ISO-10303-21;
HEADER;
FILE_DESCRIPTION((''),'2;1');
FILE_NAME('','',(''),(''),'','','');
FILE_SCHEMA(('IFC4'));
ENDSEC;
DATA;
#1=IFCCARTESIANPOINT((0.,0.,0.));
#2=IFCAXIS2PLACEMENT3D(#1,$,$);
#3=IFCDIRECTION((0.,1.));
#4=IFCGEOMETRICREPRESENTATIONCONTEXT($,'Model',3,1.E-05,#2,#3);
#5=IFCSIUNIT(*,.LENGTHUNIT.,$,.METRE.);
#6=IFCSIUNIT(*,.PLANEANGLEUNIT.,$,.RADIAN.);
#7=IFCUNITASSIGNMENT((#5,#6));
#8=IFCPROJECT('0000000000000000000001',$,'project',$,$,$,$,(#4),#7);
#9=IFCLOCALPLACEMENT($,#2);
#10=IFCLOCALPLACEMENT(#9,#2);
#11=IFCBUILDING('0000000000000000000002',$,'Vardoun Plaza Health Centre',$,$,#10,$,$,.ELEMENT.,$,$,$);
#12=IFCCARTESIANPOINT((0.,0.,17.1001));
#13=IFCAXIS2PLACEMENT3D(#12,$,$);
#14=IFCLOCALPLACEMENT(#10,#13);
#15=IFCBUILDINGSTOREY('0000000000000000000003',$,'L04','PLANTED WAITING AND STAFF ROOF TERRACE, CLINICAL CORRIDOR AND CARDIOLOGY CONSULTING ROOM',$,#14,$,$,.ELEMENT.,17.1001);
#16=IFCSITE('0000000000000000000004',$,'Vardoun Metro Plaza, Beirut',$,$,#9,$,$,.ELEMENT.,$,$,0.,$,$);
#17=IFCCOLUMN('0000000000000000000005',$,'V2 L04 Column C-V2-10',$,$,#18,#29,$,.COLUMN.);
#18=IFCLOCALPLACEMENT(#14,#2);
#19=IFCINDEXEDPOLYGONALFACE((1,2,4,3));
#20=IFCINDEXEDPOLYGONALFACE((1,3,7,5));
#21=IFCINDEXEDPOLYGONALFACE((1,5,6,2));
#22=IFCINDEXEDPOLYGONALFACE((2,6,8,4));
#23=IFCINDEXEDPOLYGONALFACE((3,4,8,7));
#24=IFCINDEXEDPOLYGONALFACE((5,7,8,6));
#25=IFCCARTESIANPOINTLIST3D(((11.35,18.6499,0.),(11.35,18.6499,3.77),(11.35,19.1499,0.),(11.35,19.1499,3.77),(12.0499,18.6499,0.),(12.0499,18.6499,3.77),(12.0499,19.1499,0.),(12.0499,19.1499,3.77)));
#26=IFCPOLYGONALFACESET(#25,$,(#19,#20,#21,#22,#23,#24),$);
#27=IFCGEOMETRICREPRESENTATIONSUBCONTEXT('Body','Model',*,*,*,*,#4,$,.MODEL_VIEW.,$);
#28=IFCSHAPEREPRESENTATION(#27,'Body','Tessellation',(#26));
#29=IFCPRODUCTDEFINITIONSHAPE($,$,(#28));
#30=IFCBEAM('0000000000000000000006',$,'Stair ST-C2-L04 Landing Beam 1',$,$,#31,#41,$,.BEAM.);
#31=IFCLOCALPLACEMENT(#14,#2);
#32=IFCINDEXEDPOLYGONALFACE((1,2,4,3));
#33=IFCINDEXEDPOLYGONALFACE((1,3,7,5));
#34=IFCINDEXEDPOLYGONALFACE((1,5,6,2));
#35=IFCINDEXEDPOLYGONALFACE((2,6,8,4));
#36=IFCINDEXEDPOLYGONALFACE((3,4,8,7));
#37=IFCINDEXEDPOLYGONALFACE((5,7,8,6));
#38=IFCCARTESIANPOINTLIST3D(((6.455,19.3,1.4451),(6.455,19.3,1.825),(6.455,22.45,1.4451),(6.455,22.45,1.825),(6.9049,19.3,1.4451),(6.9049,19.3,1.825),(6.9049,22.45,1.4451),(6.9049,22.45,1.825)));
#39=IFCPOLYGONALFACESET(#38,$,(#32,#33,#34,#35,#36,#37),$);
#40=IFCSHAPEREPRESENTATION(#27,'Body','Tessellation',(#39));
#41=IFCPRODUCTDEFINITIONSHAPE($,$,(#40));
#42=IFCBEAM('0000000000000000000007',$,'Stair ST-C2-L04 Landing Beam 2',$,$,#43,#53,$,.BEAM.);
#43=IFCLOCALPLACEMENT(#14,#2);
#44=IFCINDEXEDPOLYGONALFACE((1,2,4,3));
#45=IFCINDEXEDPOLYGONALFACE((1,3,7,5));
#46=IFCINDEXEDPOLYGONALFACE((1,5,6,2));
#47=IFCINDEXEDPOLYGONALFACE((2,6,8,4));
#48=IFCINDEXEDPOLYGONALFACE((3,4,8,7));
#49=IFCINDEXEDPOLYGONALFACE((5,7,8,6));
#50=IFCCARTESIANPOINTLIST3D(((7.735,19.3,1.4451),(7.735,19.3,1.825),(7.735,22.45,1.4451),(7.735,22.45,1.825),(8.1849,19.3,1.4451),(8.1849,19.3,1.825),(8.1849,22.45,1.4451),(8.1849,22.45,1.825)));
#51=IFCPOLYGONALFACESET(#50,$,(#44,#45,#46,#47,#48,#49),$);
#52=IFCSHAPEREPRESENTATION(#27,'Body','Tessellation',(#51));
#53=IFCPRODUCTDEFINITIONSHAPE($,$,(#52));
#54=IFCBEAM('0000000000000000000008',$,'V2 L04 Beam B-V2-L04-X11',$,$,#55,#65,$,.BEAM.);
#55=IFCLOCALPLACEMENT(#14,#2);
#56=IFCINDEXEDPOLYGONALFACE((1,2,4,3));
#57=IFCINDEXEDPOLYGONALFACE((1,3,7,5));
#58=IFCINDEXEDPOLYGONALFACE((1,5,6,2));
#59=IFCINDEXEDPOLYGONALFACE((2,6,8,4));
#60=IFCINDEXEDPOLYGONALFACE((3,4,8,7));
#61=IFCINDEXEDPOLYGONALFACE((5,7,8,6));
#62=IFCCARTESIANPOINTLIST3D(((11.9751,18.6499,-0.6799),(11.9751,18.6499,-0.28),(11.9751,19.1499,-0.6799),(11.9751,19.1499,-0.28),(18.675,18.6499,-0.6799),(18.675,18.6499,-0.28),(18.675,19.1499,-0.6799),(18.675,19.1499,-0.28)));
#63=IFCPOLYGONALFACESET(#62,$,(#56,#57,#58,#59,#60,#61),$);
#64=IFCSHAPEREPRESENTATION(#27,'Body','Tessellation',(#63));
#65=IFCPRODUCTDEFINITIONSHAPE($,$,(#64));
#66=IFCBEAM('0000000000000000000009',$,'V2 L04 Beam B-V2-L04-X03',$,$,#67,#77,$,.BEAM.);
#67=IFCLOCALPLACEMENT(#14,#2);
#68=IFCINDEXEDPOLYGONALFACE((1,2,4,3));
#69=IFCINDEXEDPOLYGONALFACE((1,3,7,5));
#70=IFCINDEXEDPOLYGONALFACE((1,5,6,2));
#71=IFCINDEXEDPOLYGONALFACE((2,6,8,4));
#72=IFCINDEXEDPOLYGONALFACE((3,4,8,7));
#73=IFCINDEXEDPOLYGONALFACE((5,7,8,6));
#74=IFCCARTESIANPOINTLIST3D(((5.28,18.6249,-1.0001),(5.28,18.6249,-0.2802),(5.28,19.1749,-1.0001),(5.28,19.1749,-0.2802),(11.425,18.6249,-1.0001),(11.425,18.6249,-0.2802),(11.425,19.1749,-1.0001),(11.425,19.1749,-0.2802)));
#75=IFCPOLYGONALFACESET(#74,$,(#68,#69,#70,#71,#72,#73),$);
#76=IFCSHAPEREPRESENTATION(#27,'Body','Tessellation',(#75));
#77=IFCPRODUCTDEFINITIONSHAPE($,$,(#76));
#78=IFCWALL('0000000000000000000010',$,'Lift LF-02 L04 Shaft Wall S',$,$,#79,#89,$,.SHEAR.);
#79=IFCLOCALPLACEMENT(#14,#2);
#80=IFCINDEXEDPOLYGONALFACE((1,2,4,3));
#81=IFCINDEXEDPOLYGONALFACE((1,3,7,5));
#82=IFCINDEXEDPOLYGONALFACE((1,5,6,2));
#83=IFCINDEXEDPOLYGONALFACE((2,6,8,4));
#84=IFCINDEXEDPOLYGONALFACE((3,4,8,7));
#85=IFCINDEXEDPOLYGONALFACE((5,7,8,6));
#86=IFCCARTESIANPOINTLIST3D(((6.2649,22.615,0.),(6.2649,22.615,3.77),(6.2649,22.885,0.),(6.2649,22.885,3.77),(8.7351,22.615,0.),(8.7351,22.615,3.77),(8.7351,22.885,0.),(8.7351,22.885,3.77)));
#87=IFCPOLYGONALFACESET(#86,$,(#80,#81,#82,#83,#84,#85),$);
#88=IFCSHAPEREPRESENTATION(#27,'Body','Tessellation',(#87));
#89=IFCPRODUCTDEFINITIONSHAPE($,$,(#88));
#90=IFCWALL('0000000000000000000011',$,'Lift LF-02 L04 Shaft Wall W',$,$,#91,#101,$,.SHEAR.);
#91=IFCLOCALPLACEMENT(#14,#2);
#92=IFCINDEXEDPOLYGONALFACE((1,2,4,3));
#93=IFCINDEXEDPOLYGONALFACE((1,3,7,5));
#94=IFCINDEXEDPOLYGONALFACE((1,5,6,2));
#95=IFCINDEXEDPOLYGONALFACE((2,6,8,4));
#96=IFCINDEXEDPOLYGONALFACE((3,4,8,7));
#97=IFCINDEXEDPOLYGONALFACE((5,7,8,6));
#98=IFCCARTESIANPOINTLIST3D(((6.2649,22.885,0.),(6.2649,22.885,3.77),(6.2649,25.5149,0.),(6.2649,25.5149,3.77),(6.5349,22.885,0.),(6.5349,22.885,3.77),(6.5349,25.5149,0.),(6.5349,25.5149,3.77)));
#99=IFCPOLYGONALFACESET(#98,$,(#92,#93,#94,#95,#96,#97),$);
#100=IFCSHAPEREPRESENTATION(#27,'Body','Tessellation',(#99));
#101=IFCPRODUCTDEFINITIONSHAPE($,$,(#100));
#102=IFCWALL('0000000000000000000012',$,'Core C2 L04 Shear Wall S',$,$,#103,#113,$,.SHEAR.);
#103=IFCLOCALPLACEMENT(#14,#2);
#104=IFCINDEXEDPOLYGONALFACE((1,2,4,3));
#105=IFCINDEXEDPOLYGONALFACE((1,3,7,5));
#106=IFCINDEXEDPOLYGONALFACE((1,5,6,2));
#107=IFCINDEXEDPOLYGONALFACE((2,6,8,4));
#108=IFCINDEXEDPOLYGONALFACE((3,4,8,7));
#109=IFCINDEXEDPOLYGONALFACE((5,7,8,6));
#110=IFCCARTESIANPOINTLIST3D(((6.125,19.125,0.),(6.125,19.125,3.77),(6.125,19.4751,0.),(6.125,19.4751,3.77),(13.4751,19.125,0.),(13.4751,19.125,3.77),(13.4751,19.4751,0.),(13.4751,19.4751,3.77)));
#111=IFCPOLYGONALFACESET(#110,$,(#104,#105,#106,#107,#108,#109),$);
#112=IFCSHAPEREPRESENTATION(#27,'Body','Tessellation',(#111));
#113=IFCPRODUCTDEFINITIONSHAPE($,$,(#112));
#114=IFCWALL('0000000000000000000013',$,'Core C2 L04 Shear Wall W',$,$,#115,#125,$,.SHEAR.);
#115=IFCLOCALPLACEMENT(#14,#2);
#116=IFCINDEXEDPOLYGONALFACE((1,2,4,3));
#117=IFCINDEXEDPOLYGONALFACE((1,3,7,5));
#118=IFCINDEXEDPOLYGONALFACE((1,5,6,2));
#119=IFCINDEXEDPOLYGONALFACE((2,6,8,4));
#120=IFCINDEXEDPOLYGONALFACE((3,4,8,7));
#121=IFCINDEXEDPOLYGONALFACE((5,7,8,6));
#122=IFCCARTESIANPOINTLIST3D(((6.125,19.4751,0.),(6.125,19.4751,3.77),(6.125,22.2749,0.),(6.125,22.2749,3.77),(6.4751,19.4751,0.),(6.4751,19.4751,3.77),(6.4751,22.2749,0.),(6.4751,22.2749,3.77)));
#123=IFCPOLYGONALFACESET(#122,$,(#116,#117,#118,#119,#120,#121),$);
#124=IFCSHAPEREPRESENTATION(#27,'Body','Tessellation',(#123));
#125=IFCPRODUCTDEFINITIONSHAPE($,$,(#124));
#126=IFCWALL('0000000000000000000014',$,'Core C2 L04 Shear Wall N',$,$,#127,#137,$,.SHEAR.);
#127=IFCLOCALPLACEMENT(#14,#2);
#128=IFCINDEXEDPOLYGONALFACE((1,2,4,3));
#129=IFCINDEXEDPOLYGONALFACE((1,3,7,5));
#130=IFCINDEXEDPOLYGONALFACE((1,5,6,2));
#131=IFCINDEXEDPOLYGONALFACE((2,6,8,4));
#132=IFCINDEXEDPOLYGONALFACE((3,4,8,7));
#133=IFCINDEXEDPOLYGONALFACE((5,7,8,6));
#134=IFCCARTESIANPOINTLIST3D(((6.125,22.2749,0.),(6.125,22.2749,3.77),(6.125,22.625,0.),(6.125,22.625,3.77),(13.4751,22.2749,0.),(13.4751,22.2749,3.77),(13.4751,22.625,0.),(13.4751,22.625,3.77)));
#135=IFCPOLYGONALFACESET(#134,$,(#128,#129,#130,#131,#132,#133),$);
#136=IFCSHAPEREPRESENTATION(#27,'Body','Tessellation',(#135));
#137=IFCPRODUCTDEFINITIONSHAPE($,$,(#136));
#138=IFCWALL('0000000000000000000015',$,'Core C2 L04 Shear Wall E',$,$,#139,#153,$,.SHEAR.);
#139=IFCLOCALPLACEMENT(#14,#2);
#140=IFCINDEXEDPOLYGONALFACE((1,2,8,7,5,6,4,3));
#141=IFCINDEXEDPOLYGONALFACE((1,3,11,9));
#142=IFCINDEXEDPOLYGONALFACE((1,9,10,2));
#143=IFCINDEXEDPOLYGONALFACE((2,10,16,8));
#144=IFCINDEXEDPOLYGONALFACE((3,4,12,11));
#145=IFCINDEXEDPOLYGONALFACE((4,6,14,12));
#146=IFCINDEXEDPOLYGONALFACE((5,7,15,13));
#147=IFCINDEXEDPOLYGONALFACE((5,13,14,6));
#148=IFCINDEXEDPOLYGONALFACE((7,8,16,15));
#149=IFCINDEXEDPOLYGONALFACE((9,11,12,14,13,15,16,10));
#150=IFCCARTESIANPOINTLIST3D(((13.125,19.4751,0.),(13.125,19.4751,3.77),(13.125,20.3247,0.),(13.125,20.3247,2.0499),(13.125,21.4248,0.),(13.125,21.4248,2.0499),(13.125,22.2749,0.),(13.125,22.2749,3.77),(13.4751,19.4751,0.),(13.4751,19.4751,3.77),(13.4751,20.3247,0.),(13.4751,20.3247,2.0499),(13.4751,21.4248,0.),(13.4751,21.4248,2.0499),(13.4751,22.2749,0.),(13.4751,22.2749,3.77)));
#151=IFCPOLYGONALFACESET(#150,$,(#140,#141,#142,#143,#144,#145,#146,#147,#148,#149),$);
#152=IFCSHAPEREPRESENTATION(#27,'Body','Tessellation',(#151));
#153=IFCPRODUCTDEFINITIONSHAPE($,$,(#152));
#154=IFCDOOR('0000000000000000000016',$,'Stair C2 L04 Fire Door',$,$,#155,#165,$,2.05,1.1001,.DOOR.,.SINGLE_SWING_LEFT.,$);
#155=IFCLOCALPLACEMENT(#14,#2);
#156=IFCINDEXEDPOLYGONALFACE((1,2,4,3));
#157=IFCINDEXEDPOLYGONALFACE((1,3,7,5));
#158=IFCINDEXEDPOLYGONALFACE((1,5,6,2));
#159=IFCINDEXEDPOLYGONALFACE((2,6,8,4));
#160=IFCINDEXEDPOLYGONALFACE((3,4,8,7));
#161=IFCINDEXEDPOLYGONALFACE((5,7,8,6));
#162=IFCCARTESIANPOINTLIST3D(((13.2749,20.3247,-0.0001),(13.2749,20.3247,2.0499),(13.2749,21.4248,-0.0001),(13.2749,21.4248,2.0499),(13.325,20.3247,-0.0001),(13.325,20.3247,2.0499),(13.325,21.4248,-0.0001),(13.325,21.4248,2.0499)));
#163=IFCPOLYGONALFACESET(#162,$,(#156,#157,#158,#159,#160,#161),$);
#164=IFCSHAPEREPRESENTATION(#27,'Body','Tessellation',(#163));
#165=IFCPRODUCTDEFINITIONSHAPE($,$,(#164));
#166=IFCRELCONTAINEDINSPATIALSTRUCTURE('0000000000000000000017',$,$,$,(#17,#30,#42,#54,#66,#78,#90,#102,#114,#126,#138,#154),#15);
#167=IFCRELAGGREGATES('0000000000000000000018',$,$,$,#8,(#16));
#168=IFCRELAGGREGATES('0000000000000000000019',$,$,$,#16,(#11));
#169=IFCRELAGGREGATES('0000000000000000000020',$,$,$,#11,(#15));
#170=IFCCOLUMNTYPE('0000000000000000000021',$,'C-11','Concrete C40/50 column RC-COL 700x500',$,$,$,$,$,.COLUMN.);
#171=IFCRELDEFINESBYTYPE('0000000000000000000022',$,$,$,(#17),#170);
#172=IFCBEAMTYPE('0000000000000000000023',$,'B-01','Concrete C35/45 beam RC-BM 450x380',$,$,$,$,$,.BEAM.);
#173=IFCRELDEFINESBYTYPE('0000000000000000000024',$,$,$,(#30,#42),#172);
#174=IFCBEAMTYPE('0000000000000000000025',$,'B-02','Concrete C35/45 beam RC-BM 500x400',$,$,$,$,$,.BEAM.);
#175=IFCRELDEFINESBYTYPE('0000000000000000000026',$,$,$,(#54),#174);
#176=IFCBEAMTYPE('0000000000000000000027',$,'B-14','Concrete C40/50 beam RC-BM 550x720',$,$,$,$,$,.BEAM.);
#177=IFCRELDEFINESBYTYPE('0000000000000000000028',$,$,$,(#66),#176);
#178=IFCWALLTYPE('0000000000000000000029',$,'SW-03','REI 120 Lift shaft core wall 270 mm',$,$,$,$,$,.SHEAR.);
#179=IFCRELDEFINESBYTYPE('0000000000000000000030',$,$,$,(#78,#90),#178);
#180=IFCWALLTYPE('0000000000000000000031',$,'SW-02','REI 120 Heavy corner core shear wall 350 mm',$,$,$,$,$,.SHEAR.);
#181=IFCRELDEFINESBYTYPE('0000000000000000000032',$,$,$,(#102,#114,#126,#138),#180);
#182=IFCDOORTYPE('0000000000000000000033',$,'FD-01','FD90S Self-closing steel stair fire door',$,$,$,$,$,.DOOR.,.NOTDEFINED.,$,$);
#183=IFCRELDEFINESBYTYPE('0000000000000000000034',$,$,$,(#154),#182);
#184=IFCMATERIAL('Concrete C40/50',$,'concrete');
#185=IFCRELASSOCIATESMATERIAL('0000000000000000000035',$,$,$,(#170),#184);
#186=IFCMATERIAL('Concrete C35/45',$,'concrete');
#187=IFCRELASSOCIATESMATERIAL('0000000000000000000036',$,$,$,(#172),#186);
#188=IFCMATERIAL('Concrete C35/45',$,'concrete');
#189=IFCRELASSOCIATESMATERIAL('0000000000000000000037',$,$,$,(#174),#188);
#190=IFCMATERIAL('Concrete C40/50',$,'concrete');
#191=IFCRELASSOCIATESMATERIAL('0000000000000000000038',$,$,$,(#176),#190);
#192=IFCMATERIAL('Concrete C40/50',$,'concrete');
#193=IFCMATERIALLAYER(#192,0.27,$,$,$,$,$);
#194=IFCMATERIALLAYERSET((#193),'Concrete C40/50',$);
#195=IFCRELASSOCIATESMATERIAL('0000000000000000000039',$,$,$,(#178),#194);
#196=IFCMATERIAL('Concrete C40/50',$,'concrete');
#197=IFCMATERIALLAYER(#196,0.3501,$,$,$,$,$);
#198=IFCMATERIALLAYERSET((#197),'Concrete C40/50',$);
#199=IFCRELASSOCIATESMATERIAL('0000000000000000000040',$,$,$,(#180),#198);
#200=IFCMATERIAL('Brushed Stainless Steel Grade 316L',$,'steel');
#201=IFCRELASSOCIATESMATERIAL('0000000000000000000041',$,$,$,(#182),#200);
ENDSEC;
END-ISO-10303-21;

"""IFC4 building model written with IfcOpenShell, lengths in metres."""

from ifc_helpers import new_model, si_unit, direction, frame, frame_2d, origin, origin_2d, place, context, subcontext, project, spatial, rectangle, extrude, material, layer, layer_set, material_profile, profile_set, type_object, element, fill, save


model = new_model("IFC4")

# Units and contexts
model_context = context("Model", 3, precision=1e-05, world=origin(), true_north=direction((0.0, 1.0)))
body_context = subcontext(model_context, "Body", "Model", "MODEL_VIEW")
ifc_project = project(units=[si_unit("LENGTHUNIT", "METRE"), si_unit("PLANEANGLEUNIT", "RADIAN")], contexts=[model_context])

# Site, building, storey
site_placement = place(None, origin())
site = spatial("IfcSite", under=ifc_project, at=site_placement, Name="Vardoun Metro Plaza, Beirut", CompositionType="ELEMENT", RefElevation=0.0)
building_placement = place(site_placement, origin())
building = spatial("IfcBuilding", under=site, at=building_placement, Name="Vardoun Plaza Health Centre", CompositionType="ELEMENT")
storey_placement = place(building_placement, frame((0.0, 0.0, 17.1001)))
storey = spatial("IfcBuildingStorey", under=building, at=storey_placement, Name="L04", Description="PLANTED WAITING AND STAFF ROOF TERRACE, CLINICAL CORRIDOR AND CARDIOLOGY CONSULTING ROOM", CompositionType="ELEMENT", Elevation=17.1001)

# Column
ifc_material_1 = material(Name="Concrete C40/50", Category="concrete")
ifc_material_profile_1 = material_profile(ifc_material_1, rectangle(XDim=0.7, YDim=0.5, at=origin_2d()), Name="RC-COL 700x500")
ifc_profile_set_1 = profile_set([ifc_material_profile_1], Name="Concrete C40/50")
column_type = type_object("IfcColumnType", Name="C-11", Description="Concrete C40/50 column RC-COL 700x500", PredefinedType="COLUMN", material=ifc_profile_set_1)
column_placement = place(storey_placement, frame((11.7, 18.8999, 0.0), z_axis=(0.0, 0.0, 1.0), x_axis=(1.0, 0.0, 0.0)))
element("IfcColumn", 1, at=column_placement, inside=storey, type_object=column_type, Name="V2 L04 Column C-V2-10", PredefinedType="COLUMN", context=body_context, shape_type="SweptSolid", body=[
    extrude(rectangle(XDim=0.7, YDim=0.5, at=origin_2d()), origin(), (0.0, 0.0, 1.0), 3.77),
])

# Beams
ifc_material_2 = material(Name="Concrete C35/45", Category="concrete")
ifc_material_profile_2 = material_profile(ifc_material_2, rectangle(XDim=0.45, YDim=0.3799, at=origin_2d()), Name="RC-BM 450x380")
ifc_profile_set_2 = profile_set([ifc_material_profile_2], Name="Concrete C35/45")
beam_type_1 = type_object("IfcBeamType", Name="B-01", Description="Concrete C35/45 beam RC-BM 450x380", PredefinedType="BEAM", material=ifc_profile_set_2)
for number, where, z_axis, x_axis, name in (
    (2, (6.6799, 19.3, 1.635), (0.0, 1.0, 0.0), (-1.0, 0.0, 0.0), "Stair ST-C2-L04 Landing Beam 1"),
    (3, (7.96, 19.3, 1.635), (0.0, 1.0, 0.0), (-1.0, 0.0, 0.0), "Stair ST-C2-L04 Landing Beam 2"),
):
    element("IfcBeam", number, at=place(storey_placement, frame(where, z_axis=z_axis, x_axis=x_axis)), inside=storey, type_object=beam_type_1, Name=name, PredefinedType="BEAM", context=body_context, shape_type="SweptSolid", body=[
        extrude(rectangle(XDim=0.45, YDim=0.3799, at=origin_2d()), origin(), (0.0, 0.0, 1.0), 3.1499),
    ])
ifc_material_3 = material(Name="Concrete C35/45", Category="concrete")
ifc_material_profile_3 = material_profile(ifc_material_3, rectangle(XDim=0.5, YDim=0.3999, at=origin_2d()), Name="RC-BM 500x400")
ifc_profile_set_3 = profile_set([ifc_material_profile_3], Name="Concrete C35/45")
beam_type_2 = type_object("IfcBeamType", Name="B-02", Description="Concrete C35/45 beam RC-BM 500x400", PredefinedType="BEAM", material=ifc_profile_set_3)
beam_1_placement = place(storey_placement, frame((11.9751, 18.8999, -0.48), z_axis=(1.0, 0.0, 0.0), x_axis=(0.0, 1.0, 0.0)))
element("IfcBeam", 4, at=beam_1_placement, inside=storey, type_object=beam_type_2, Name="V2 L04 Beam B-V2-L04-X11", PredefinedType="BEAM", context=body_context, shape_type="SweptSolid", body=[
    extrude(rectangle(XDim=0.5, YDim=0.3999, at=origin_2d()), origin(), (0.0, 0.0, 1.0), 6.7),
])
ifc_material_4 = material(Name="Concrete C40/50", Category="concrete")
ifc_material_profile_4 = material_profile(ifc_material_4, rectangle(XDim=0.55, YDim=0.72, at=origin_2d()), Name="RC-BM 550x720")
ifc_profile_set_4 = profile_set([ifc_material_profile_4], Name="Concrete C40/50")
beam_type_3 = type_object("IfcBeamType", Name="B-14", Description="Concrete C40/50 beam RC-BM 550x720", PredefinedType="BEAM", material=ifc_profile_set_4)
beam_2_placement = place(storey_placement, frame((5.28, 18.8999, -0.6401), z_axis=(1.0, 0.0, 0.0), x_axis=(0.0, 1.0, 0.0)))
element("IfcBeam", 5, at=beam_2_placement, inside=storey, type_object=beam_type_3, Name="V2 L04 Beam B-V2-L04-X03", PredefinedType="BEAM", context=body_context, shape_type="SweptSolid", body=[
    extrude(rectangle(XDim=0.55, YDim=0.72, at=origin_2d()), origin(), (0.0, 0.0, 1.0), 6.145),
])

# Walls
ifc_material_5 = material(Name="Concrete C40/50", Category="concrete")
ifc_layer_1 = layer(ifc_material_5, 0.27)
ifc_layer_set_1 = layer_set([ifc_layer_1], Name="Concrete C40/50")
wall_type_1 = type_object("IfcWallType", Name="SW-03", Description="REI 120 Lift shaft core wall 270 mm", PredefinedType="SHEAR", material=ifc_layer_set_1)
wall_1_placement = place(storey_placement, frame((8.7351, 22.75, 0.0), z_axis=(0.0, 0.0, 1.0), x_axis=(-1.0, 0.0, 0.0)))
element("IfcWall", 6, at=wall_1_placement, inside=storey, type_object=wall_type_1, Name="Lift LF-02 L04 Shaft Wall S", PredefinedType="SHEAR", context=body_context, shape_type="SweptSolid", body=[
    extrude(rectangle(XDim=2.4702, YDim=0.27, at=frame_2d((1.2351, 0.0))), origin(), (0.0, 0.0, 1.0), 3.77),
])
wall_2_placement = place(storey_placement, frame((6.3999, 22.885, 0.0), z_axis=(0.0, 0.0, 1.0), x_axis=(0.0, 1.0, 0.0)))
element("IfcWall", 7, at=wall_2_placement, inside=storey, type_object=wall_type_1, Name="Lift LF-02 L04 Shaft Wall W", PredefinedType="SHEAR", context=body_context, shape_type="SweptSolid", body=[
    extrude(rectangle(XDim=2.6299, YDim=0.27, at=frame_2d((1.3149, 0.0))), origin(), (0.0, 0.0, 1.0), 3.77),
])
ifc_material_6 = material(Name="Concrete C40/50", Category="concrete")
ifc_layer_2 = layer(ifc_material_6, 0.3501)
ifc_layer_set_2 = layer_set([ifc_layer_2], Name="Concrete C40/50")
wall_type_2 = type_object("IfcWallType", Name="SW-02", Description="REI 120 Heavy corner core shear wall 350 mm", PredefinedType="SHEAR", material=ifc_layer_set_2)
wall_3_placement = place(storey_placement, frame((13.4751, 19.3, 0.0), z_axis=(0.0, 0.0, 1.0), x_axis=(-1.0, 0.0, 0.0)))
element("IfcWall", 8, at=wall_3_placement, inside=storey, type_object=wall_type_2, Name="Core C2 L04 Shear Wall S", PredefinedType="SHEAR", context=body_context, shape_type="SweptSolid", body=[
    extrude(rectangle(XDim=7.3501, YDim=0.3501, at=frame_2d((3.675, 0.0))), origin(), (0.0, 0.0, 1.0), 3.77),
])
wall_4_placement = place(storey_placement, frame((6.3, 19.4751, 0.0), z_axis=(0.0, 0.0, 1.0), x_axis=(0.0, 1.0, 0.0)))
element("IfcWall", 9, at=wall_4_placement, inside=storey, type_object=wall_type_2, Name="Core C2 L04 Shear Wall W", PredefinedType="SHEAR", context=body_context, shape_type="SweptSolid", body=[
    extrude(rectangle(XDim=2.7998, YDim=0.3501, at=frame_2d((1.3999, 0.0))), origin(), (0.0, 0.0, 1.0), 3.77),
])
wall_5_placement = place(storey_placement, frame((6.125, 22.45, 0.0), z_axis=(0.0, 0.0, 1.0), x_axis=(1.0, 0.0, 0.0)))
element("IfcWall", 10, at=wall_5_placement, inside=storey, type_object=wall_type_2, Name="Core C2 L04 Shear Wall N", PredefinedType="SHEAR", context=body_context, shape_type="SweptSolid", body=[
    extrude(rectangle(XDim=7.3501, YDim=0.3501, at=frame_2d((3.675, 0.0))), origin(), (0.0, 0.0, 1.0), 3.77),
])

# Wall, opening, door
wall_6_placement = place(storey_placement, frame((13.3, 22.2749, 0.0), z_axis=(0.0, 0.0, 1.0), x_axis=(0.0, -1.0, 0.0)))
wall_6 = element("IfcWall", 11, at=wall_6_placement, inside=storey, type_object=wall_type_2, Name="Core C2 L04 Shear Wall E", PredefinedType="SHEAR", context=body_context, shape_type="SweptSolid", body=[
    extrude(rectangle(XDim=2.7998, YDim=0.3501, at=frame_2d((1.3999, 0.0))), origin(), (0.0, 0.0, 1.0), 3.77),
])
opening_1_placement = place(wall_6_placement, frame((0.8501, 0.0, 0.0)))
opening_1 = element("IfcOpeningElement", 12, at=opening_1_placement, cuts=wall_6, PredefinedType="OPENING", context=body_context, shape_type="SweptSolid", body=[
    extrude(rectangle(XDim=1.1001, YDim=2.05, at=frame_2d((0.55, 1.0249))), frame((0.0, 0.175, 0.0), z_axis=(0.0, -1.0, 0.0), x_axis=(1.0, 0.0, 0.0)), (0.0, 0.0, 1.0), 0.3501),
])
ifc_material_7 = material(Name="Brushed Stainless Steel Grade 316L", Category="steel")
door_type_1 = type_object("IfcDoorType", Name="FD-01", Description="FD90S Self-closing steel stair fire door", OperationType="NOTDEFINED", PredefinedType="DOOR", material=ifc_material_7)
door_1_placement = place(opening_1_placement, origin())
door_1 = element("IfcDoor", 13, at=door_1_placement, inside=storey, type_object=door_type_1, Name="Stair C2 L04 Fire Door", OperationType="SINGLE_SWING_LEFT", OverallHeight=2.05, OverallWidth=1.1001, PredefinedType="DOOR", context=body_context, shape_type="SweptSolid", body=[
    extrude(rectangle(XDim=1.1001, YDim=2.05, at=frame_2d((0.55, 1.0249))), frame((0.0, 0.0249, 0.0), z_axis=(0.0, -1.0, 0.0), x_axis=(1.0, 0.0, 0.0)), (0.0, 0.0, 1.0), 0.05),
])
fill(opening_1, door_1)

save(model, "model.ifc")
